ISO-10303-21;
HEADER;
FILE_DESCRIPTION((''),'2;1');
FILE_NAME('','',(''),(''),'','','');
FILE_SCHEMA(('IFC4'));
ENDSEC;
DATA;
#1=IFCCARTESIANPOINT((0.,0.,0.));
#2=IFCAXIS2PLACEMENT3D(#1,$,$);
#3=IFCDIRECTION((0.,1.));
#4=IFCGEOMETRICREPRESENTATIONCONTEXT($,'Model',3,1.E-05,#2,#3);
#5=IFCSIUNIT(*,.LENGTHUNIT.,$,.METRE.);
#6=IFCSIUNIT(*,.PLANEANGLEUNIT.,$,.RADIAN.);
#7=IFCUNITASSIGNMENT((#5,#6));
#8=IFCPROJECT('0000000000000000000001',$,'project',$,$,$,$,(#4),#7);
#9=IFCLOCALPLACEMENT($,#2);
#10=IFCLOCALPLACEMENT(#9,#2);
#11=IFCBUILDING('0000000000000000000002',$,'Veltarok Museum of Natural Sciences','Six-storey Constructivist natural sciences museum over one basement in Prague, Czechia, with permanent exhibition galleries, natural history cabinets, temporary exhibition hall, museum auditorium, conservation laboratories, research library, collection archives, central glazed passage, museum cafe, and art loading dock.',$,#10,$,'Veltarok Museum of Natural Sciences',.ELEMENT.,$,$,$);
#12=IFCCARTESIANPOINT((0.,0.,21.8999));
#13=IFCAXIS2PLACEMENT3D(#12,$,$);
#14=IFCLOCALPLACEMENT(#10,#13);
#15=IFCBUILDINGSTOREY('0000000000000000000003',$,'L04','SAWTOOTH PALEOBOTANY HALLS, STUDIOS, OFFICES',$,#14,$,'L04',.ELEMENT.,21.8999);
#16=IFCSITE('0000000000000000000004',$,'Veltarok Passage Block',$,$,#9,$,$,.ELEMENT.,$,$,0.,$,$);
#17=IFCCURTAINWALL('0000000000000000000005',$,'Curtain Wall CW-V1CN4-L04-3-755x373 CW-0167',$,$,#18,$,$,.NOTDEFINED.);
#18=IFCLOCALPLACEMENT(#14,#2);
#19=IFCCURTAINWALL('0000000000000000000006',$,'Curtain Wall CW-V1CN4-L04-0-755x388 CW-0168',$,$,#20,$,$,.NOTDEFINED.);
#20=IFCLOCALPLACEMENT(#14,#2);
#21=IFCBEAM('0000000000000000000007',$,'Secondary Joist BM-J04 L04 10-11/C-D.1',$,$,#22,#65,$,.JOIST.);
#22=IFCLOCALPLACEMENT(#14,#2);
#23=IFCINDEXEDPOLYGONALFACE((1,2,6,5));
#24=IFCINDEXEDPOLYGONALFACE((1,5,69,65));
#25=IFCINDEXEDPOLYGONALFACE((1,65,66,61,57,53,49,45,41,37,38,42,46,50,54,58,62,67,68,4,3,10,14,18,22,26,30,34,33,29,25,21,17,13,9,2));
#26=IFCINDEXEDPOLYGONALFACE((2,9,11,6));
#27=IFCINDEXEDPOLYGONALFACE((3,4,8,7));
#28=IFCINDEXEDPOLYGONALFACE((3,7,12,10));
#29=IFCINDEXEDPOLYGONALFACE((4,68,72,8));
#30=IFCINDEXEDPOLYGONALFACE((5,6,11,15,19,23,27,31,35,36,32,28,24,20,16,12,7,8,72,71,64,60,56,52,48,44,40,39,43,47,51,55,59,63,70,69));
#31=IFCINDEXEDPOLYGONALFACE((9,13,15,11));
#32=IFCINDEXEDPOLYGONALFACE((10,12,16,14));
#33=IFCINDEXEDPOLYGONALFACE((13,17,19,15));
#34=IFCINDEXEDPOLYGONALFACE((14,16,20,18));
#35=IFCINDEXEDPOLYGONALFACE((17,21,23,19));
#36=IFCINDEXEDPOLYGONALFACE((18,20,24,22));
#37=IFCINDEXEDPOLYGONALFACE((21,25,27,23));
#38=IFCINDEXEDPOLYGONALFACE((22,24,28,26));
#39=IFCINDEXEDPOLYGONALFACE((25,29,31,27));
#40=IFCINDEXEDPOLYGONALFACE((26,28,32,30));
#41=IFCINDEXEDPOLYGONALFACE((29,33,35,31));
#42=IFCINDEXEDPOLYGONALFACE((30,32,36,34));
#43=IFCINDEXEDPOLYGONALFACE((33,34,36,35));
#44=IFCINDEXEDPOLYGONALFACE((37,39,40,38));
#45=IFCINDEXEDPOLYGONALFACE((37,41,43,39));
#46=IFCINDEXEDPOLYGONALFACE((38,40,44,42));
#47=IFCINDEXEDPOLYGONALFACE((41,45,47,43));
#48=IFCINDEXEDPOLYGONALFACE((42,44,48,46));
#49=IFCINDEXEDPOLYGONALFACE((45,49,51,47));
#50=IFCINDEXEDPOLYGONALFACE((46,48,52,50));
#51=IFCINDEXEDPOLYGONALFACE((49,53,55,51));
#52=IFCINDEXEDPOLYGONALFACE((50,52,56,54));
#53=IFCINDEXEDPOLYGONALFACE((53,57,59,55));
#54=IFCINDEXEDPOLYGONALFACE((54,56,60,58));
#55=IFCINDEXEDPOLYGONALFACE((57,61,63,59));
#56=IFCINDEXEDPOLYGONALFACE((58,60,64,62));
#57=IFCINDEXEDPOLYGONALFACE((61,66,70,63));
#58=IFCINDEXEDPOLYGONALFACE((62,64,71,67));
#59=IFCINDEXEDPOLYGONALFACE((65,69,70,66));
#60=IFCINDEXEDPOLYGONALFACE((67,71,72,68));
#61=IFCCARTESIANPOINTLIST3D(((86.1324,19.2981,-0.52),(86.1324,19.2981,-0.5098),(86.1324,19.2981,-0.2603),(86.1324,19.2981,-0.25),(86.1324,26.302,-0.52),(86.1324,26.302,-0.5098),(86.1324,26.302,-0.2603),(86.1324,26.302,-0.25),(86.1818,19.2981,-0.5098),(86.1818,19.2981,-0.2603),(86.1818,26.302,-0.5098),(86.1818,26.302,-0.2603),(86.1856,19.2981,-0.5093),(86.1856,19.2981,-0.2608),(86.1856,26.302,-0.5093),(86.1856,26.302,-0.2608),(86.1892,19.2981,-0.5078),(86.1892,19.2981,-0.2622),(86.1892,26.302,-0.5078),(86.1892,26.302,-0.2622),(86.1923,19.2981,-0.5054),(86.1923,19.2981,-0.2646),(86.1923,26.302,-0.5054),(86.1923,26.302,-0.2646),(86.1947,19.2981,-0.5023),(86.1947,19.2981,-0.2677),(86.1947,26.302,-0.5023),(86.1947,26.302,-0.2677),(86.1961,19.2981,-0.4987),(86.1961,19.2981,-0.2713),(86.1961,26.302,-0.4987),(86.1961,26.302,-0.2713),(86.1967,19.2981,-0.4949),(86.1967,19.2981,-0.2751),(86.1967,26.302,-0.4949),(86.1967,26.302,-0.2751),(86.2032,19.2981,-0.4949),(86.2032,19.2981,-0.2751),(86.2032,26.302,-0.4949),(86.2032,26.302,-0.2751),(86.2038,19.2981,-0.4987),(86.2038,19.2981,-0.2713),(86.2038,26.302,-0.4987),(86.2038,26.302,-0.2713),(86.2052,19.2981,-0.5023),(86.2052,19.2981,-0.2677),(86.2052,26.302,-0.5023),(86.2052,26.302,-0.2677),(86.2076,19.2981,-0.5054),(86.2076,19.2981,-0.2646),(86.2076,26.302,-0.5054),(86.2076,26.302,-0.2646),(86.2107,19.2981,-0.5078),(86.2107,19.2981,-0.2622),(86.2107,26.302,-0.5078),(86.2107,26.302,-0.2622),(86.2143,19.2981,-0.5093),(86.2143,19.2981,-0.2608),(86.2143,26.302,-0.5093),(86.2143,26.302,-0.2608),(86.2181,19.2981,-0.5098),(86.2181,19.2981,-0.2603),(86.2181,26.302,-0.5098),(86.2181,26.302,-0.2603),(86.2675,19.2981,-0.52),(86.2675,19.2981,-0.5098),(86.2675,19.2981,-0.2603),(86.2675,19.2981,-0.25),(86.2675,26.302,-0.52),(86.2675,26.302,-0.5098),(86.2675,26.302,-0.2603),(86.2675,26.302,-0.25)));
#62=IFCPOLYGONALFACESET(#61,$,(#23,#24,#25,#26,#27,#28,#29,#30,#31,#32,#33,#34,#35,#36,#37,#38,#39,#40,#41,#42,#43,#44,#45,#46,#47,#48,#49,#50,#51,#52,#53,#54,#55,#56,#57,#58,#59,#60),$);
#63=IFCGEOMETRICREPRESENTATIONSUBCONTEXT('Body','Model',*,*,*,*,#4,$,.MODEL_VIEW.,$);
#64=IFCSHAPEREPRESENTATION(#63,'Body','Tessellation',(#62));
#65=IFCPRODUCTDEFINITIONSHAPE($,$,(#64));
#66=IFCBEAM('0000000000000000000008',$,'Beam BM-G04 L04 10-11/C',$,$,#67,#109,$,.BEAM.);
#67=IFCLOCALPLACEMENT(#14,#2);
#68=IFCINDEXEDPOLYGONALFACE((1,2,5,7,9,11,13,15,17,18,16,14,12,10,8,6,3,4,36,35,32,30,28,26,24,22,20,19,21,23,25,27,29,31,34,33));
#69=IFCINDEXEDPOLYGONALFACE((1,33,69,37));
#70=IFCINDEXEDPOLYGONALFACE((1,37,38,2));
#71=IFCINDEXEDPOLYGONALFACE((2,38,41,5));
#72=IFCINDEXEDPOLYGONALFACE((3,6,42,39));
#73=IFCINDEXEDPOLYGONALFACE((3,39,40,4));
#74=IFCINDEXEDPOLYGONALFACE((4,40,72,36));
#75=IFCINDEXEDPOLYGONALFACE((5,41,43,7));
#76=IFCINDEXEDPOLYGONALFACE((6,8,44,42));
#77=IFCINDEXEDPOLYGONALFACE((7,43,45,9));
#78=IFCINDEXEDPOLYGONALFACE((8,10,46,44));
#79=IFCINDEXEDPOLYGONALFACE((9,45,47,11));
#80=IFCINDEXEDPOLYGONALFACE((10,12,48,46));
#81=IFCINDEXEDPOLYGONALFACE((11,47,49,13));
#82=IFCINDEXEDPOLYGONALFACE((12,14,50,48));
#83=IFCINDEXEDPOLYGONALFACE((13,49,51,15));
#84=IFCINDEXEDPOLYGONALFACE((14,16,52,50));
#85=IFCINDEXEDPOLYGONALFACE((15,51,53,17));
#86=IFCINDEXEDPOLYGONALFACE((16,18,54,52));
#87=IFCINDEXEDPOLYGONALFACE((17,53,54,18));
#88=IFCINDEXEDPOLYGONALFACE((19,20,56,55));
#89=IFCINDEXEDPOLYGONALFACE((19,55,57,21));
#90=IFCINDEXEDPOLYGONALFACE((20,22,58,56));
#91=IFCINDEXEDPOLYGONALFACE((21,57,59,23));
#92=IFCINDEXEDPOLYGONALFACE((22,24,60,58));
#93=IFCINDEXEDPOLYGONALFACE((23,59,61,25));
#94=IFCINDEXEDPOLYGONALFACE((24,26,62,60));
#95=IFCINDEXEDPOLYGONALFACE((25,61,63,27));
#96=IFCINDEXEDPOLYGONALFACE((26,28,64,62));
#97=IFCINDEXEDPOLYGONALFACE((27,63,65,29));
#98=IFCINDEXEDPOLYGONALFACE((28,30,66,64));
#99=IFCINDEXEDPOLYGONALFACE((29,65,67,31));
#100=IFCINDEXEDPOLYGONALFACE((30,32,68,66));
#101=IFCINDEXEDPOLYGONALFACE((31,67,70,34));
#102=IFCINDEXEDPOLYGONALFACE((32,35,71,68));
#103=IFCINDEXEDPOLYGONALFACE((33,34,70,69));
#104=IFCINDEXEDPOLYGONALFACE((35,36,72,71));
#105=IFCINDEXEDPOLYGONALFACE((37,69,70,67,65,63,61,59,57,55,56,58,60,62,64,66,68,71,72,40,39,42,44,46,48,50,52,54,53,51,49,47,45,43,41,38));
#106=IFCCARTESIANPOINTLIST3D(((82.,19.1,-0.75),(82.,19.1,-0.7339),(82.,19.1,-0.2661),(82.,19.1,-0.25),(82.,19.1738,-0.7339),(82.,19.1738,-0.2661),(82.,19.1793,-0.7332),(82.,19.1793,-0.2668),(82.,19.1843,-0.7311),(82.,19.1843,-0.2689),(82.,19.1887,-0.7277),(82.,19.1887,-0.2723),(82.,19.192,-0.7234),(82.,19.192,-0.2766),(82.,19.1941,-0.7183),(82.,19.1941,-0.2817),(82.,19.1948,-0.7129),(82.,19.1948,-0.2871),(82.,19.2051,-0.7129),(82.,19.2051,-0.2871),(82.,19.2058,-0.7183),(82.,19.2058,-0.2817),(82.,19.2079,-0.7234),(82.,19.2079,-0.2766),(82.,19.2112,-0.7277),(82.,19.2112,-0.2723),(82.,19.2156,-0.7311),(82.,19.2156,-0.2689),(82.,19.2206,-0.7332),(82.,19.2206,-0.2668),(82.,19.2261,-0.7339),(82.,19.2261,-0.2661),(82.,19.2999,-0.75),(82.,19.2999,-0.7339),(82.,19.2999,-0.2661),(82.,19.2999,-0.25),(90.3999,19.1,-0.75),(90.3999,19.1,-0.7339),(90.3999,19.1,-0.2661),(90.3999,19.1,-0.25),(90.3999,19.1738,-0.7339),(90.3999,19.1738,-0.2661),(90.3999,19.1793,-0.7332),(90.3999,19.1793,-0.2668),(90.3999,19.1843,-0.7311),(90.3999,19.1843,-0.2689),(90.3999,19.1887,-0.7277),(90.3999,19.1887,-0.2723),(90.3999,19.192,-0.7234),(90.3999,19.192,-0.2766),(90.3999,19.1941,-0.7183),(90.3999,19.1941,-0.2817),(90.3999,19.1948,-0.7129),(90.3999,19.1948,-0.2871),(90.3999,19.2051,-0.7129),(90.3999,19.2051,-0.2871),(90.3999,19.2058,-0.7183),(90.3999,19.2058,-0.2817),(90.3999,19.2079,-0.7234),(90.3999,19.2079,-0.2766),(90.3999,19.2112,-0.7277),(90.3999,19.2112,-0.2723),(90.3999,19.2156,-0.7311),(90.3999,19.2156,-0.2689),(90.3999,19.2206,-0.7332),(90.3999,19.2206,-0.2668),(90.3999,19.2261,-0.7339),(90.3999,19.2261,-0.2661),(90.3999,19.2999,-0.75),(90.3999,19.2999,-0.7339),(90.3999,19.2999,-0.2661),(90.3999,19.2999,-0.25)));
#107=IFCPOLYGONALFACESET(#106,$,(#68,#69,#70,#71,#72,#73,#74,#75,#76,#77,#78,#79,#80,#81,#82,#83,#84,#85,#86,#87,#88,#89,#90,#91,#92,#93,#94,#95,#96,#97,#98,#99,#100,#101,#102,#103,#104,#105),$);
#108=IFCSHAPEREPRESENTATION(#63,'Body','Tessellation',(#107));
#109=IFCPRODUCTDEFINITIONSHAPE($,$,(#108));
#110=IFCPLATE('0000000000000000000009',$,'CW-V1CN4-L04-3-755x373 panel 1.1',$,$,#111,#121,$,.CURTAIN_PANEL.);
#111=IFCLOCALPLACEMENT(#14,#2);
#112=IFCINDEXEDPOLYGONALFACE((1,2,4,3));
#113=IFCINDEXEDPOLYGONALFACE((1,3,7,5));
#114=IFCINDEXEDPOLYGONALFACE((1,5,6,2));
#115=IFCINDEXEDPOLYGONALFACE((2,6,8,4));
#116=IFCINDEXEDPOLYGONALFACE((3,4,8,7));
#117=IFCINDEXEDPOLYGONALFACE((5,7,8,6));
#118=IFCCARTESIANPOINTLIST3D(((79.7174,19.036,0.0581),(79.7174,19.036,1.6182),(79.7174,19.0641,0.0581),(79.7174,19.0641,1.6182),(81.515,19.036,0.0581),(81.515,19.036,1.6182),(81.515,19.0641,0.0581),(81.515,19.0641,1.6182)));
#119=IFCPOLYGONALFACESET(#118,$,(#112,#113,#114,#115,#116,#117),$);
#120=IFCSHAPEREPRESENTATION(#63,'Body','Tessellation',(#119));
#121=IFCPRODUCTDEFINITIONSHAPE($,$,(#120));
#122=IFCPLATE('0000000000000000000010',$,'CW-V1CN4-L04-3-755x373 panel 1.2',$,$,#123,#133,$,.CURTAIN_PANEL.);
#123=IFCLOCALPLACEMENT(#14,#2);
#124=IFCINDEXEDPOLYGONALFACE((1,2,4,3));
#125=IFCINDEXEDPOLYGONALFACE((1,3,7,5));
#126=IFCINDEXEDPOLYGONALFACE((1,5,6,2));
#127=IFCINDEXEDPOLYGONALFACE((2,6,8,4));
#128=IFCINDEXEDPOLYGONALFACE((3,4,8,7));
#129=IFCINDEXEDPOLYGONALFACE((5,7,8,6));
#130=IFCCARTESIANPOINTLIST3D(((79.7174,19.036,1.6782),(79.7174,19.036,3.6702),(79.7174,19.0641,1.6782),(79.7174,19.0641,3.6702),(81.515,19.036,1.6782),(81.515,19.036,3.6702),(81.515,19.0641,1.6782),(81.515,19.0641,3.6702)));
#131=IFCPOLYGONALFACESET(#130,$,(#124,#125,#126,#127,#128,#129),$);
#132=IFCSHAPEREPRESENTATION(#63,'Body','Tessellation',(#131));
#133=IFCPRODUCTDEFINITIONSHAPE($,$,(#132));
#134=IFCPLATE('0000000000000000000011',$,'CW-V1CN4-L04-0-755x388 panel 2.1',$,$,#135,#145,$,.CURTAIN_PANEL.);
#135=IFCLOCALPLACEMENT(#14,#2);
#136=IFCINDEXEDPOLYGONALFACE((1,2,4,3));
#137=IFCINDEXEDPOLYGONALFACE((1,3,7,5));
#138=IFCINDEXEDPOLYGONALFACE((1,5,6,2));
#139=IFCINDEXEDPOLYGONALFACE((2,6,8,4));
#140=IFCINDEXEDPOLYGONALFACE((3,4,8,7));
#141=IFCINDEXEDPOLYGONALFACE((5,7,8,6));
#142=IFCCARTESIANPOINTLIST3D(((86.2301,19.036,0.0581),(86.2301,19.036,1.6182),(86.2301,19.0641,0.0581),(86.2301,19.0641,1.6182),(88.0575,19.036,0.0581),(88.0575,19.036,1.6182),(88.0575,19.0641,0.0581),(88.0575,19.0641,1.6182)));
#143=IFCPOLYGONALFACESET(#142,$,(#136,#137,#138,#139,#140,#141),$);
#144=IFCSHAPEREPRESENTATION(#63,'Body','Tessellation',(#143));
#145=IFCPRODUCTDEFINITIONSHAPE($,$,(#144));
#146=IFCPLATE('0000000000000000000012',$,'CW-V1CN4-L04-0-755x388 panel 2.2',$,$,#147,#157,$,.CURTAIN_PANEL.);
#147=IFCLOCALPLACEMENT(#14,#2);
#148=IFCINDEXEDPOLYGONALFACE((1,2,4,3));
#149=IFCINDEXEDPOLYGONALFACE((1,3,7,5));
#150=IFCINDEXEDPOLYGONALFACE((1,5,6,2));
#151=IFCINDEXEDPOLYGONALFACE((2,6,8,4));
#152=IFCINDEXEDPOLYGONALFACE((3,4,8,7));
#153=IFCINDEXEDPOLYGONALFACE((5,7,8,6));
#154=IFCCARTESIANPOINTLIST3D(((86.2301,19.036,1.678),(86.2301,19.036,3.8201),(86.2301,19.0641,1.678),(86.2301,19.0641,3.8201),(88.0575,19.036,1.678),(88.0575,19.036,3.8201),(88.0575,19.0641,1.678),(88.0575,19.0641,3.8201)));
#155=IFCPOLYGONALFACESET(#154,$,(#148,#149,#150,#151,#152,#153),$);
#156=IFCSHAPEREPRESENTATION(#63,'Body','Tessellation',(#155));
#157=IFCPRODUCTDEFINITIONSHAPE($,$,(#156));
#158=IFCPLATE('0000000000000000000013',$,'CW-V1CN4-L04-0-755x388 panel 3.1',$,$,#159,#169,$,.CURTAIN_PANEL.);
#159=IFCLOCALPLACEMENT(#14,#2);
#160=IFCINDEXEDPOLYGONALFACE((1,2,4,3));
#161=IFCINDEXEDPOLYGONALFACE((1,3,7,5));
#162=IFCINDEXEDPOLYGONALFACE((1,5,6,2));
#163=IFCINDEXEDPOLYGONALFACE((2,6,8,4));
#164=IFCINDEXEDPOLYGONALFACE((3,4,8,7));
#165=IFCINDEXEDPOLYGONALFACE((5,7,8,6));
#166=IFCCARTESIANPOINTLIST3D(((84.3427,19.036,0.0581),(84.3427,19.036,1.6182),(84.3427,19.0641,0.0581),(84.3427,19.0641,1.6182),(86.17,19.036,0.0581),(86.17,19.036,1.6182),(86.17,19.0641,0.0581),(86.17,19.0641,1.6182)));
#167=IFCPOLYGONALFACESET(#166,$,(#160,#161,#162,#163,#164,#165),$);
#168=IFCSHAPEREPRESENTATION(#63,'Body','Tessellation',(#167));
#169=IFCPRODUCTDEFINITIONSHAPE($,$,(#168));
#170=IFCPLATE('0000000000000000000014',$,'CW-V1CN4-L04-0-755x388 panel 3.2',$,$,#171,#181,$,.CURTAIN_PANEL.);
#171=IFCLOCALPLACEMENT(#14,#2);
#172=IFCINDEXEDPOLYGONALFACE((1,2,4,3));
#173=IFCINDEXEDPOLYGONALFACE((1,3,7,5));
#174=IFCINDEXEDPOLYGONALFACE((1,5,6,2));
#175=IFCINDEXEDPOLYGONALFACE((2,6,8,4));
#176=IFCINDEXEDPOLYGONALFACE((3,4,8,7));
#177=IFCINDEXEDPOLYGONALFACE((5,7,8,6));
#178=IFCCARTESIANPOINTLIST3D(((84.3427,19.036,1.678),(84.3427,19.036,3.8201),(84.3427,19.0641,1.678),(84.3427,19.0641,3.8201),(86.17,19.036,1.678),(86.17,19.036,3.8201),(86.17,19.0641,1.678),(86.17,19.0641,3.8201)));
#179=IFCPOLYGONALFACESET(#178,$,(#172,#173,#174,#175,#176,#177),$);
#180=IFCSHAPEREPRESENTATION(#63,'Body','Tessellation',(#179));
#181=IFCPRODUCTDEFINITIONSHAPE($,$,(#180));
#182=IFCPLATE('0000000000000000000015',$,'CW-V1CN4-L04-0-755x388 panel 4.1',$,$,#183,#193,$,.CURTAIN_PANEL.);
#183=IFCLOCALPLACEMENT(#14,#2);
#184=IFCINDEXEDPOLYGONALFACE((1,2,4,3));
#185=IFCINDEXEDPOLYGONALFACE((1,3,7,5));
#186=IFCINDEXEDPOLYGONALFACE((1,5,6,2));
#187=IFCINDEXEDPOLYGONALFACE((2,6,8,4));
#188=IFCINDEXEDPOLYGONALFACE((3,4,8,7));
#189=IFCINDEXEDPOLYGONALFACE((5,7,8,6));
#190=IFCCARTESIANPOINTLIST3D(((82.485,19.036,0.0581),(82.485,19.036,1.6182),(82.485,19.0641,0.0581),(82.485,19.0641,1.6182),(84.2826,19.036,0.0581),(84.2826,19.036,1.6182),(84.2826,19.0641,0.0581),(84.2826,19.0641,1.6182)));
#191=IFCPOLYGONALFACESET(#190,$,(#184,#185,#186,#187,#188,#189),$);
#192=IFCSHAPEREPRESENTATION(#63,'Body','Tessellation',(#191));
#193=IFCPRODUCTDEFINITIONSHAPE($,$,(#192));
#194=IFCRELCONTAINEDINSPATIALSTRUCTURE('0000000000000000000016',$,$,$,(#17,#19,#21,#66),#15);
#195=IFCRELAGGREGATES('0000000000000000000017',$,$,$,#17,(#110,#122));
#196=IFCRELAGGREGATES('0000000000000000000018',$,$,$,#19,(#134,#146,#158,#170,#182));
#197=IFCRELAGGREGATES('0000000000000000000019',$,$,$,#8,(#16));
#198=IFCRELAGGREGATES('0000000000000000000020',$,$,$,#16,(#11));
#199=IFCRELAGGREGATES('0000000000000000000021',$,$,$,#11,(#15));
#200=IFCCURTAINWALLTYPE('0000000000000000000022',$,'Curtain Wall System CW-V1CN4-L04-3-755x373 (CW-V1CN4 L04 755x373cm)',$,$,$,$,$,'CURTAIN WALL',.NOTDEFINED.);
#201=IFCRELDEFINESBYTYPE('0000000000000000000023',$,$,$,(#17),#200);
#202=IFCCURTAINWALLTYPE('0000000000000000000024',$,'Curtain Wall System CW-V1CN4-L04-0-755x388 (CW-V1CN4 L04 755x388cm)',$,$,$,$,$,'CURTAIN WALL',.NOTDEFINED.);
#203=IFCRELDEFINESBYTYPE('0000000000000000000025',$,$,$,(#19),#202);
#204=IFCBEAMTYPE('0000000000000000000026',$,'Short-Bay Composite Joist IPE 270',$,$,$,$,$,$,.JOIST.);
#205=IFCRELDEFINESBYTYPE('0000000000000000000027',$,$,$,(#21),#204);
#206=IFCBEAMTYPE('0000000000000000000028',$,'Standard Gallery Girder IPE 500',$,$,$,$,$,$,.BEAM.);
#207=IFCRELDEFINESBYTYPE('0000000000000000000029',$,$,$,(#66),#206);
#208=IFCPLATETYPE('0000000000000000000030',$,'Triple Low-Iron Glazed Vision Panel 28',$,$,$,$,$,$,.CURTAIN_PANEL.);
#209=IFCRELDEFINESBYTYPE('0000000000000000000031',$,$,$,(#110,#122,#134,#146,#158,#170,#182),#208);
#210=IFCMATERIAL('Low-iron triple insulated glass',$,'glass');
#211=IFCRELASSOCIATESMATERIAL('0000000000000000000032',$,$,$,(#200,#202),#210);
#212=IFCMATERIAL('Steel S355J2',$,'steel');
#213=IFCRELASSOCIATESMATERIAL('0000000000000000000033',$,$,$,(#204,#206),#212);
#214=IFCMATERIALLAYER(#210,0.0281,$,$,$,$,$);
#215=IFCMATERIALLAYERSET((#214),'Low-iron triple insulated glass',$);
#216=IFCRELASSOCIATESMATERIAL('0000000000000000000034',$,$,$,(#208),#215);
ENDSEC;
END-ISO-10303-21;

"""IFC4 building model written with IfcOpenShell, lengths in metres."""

from ifc_helpers import new_model, si_unit, direction, frame, origin, origin_2d, place, context, subcontext, project, spatial, rectangle, i_section, extrude, material, layer, layer_set, material_profile, profile_set, type_object, element, aggregate, save


model = new_model("IFC4")

# Units and contexts
model_context = context("Model", 3, precision=1e-05, world=origin(), true_north=direction((0.0, 1.0)))
body_context = subcontext(model_context, "Body", "Model", "MODEL_VIEW")
ifc_project = project(units=[si_unit("LENGTHUNIT", "METRE"), si_unit("PLANEANGLEUNIT", "RADIAN")], contexts=[model_context])

# Site, building, storey
site_placement = place(None, origin())
site = spatial("IfcSite", under=ifc_project, at=site_placement, Name="Veltarok Passage Block", CompositionType="ELEMENT", RefElevation=0.0)
building_placement = place(site_placement, origin())
building = spatial("IfcBuilding", under=site, at=building_placement, Name="Veltarok Museum of Natural Sciences", Description="Six-storey Constructivist natural sciences museum over one basement in Prague, Czechia, with permanent exhibition galleries, natural history cabinets, temporary exhibition hall, museum auditorium, conservation laboratories, research library, collection archives, central glazed passage, museum cafe, and art loading dock.", LongName="Veltarok Museum of Natural Sciences", CompositionType="ELEMENT")
storey_placement = place(building_placement, frame((0.0, 0.0, 21.8999)))
storey = spatial("IfcBuildingStorey", under=building, at=storey_placement, Name="L04", Description="SAWTOOTH PALEOBOTANY HALLS, STUDIOS, OFFICES", LongName="L04", CompositionType="ELEMENT", Elevation=21.8999)

# Curtain walls
ifc_material_1 = material(Name="Low-iron triple insulated glass", Category="glass")
curtain_wall_type_1 = type_object("IfcCurtainWallType", Name="Curtain Wall System CW-V1CN4-L04-3-755x373 (CW-V1CN4 L04 755x373cm)", ElementType="CURTAIN WALL", PredefinedType="NOTDEFINED", material=ifc_material_1)
curtain_wall_1_placement = place(storey_placement, origin())
curtain_wall_1 = element("IfcCurtainWall", 1, at=curtain_wall_1_placement, inside=storey, type_object=curtain_wall_type_1, Name="Curtain Wall CW-V1CN4-L04-3-755x373 CW-0167", PredefinedType="NOTDEFINED")
curtain_wall_type_2 = type_object("IfcCurtainWallType", Name="Curtain Wall System CW-V1CN4-L04-0-755x388 (CW-V1CN4 L04 755x388cm)", ElementType="CURTAIN WALL", PredefinedType="NOTDEFINED", material=ifc_material_1)
curtain_wall_2_placement = place(storey_placement, origin())
curtain_wall_2 = element("IfcCurtainWall", 2, at=curtain_wall_2_placement, inside=storey, type_object=curtain_wall_type_2, Name="Curtain Wall CW-V1CN4-L04-0-755x388 CW-0168", PredefinedType="NOTDEFINED")

# Beams
ifc_material_2 = material(Name="Steel S355J2", Category="steel")
ifc_material_profile_1 = material_profile(ifc_material_2, i_section(OverallWidth=0.135, OverallDepth=0.27, WebThickness=0.0066, FlangeThickness=0.0103, FilletRadius=0.0149, at=origin_2d()), Name="IPE 270")
ifc_profile_set_1 = profile_set([ifc_material_profile_1], Name="Steel S355J2")
beam_type_1 = type_object("IfcBeamType", Name="Short-Bay Composite Joist IPE 270", PredefinedType="JOIST", material=ifc_profile_set_1)
beam_1_placement = place(storey_placement, frame((86.2, 19.2981, -0.385), z_axis=(0.0, 1.0, 0.0), x_axis=(-1.0, 0.0, 0.0)))
element("IfcBeam", 3, at=beam_1_placement, inside=storey, type_object=beam_type_1, Name="Secondary Joist BM-J04 L04 10-11/C-D.1", PredefinedType="JOIST", context=body_context, shape_type="SweptSolid", body=[
    extrude(i_section(OverallWidth=0.135, OverallDepth=0.27, WebThickness=0.0066, FlangeThickness=0.0103, FilletRadius=0.0149, at=origin_2d()), origin(), (0.0, 0.0, 1.0), 7.0039),
])
ifc_material_profile_2 = material_profile(ifc_material_2, i_section(OverallWidth=0.2, OverallDepth=0.5, WebThickness=0.0103, FlangeThickness=0.0161, FilletRadius=0.021, at=origin_2d()), Name="IPE 500")
ifc_profile_set_2 = profile_set([ifc_material_profile_2], Name="Steel S355J2")
beam_type_2 = type_object("IfcBeamType", Name="Standard Gallery Girder IPE 500", PredefinedType="BEAM", material=ifc_profile_set_2)
beam_2_placement = place(storey_placement, frame((82.0, 19.2, -0.5), z_axis=(1.0, 0.0, 0.0), x_axis=(0.0, 1.0, 0.0)))
element("IfcBeam", 4, at=beam_2_placement, inside=storey, type_object=beam_type_2, Name="Beam BM-G04 L04 10-11/C", PredefinedType="BEAM", context=body_context, shape_type="SweptSolid", body=[
    extrude(i_section(OverallWidth=0.2, OverallDepth=0.5, WebThickness=0.0103, FlangeThickness=0.0161, FilletRadius=0.021, at=origin_2d()), origin(), (0.0, 0.0, 1.0), 8.3999),
])

# Plates
ifc_layer = layer(ifc_material_1, 0.0281)
ifc_layer_set = layer_set([ifc_layer], Name="Low-iron triple insulated glass")
plate_type = type_object("IfcPlateType", Name="Triple Low-Iron Glazed Vision Panel 28", PredefinedType="CURTAIN_PANEL", material=ifc_layer_set)
plate_1_placement = place(storey_placement, frame((80.6162, 19.05, 0.0581), z_axis=(0.0, 0.0, 1.0), x_axis=(-1.0, 0.0, 0.0)))
plate_1 = element("IfcPlate", 5, at=plate_1_placement, type_object=plate_type, Name="CW-V1CN4-L04-3-755x373 panel 1.1", PredefinedType="CURTAIN_PANEL", context=body_context, shape_type="SweptSolid", body=[
    extrude(rectangle(XDim=1.7976, YDim=0.0281, at=origin_2d()), origin(), (0.0, 0.0, 1.0), 1.5601),
])
plate_2_placement = place(storey_placement, frame((80.6162, 19.05, 1.6782), z_axis=(0.0, 0.0, 1.0), x_axis=(-1.0, 0.0, 0.0)))
plate_2 = element("IfcPlate", 6, at=plate_2_placement, type_object=plate_type, Name="CW-V1CN4-L04-3-755x373 panel 1.2", PredefinedType="CURTAIN_PANEL", context=body_context, shape_type="SweptSolid", body=[
    extrude(rectangle(XDim=1.7976, YDim=0.0281, at=origin_2d()), origin(), (0.0, 0.0, 1.0), 1.9919),
])
aggregate(curtain_wall_1, [plate_1, plate_2])
plate_3_placement = place(storey_placement, frame((87.1438, 19.05, 0.0581), z_axis=(0.0, 0.0, 1.0), x_axis=(-1.0, 0.0, 0.0)))
plate_3 = element("IfcPlate", 7, at=plate_3_placement, type_object=plate_type, Name="CW-V1CN4-L04-0-755x388 panel 2.1", PredefinedType="CURTAIN_PANEL", context=body_context, shape_type="SweptSolid", body=[
    extrude(rectangle(XDim=1.8274, YDim=0.0281, at=origin_2d()), origin(), (0.0, 0.0, 1.0), 1.5601),
])
plate_4_placement = place(storey_placement, frame((87.1438, 19.05, 1.678), z_axis=(0.0, 0.0, 1.0), x_axis=(-1.0, 0.0, 0.0)))
plate_4 = element("IfcPlate", 8, at=plate_4_placement, type_object=plate_type, Name="CW-V1CN4-L04-0-755x388 panel 2.2", PredefinedType="CURTAIN_PANEL", context=body_context, shape_type="SweptSolid", body=[
    extrude(rectangle(XDim=1.8274, YDim=0.0281, at=origin_2d()), origin(), (0.0, 0.0, 1.0), 2.1421),
])
plate_5_placement = place(storey_placement, frame((85.2563, 19.05, 0.0581), z_axis=(0.0, 0.0, 1.0), x_axis=(-1.0, 0.0, 0.0)))
plate_5 = element("IfcPlate", 9, at=plate_5_placement, type_object=plate_type, Name="CW-V1CN4-L04-0-755x388 panel 3.1", PredefinedType="CURTAIN_PANEL", context=body_context, shape_type="SweptSolid", body=[
    extrude(rectangle(XDim=1.8274, YDim=0.0281, at=origin_2d()), origin(), (0.0, 0.0, 1.0), 1.5601),
])
plate_6_placement = place(storey_placement, frame((85.2563, 19.05, 1.678), z_axis=(0.0, 0.0, 1.0), x_axis=(-1.0, 0.0, 0.0)))
plate_6 = element("IfcPlate", 10, at=plate_6_placement, type_object=plate_type, Name="CW-V1CN4-L04-0-755x388 panel 3.2", PredefinedType="CURTAIN_PANEL", context=body_context, shape_type="SweptSolid", body=[
    extrude(rectangle(XDim=1.8274, YDim=0.0281, at=origin_2d()), origin(), (0.0, 0.0, 1.0), 2.1421),
])
plate_7_placement = place(storey_placement, frame((83.3838, 19.05, 0.0581), z_axis=(0.0, 0.0, 1.0), x_axis=(-1.0, 0.0, 0.0)))
plate_7 = element("IfcPlate", 11, at=plate_7_placement, type_object=plate_type, Name="CW-V1CN4-L04-0-755x388 panel 4.1", PredefinedType="CURTAIN_PANEL", context=body_context, shape_type="SweptSolid", body=[
    extrude(rectangle(XDim=1.7976, YDim=0.0281, at=origin_2d()), origin(), (0.0, 0.0, 1.0), 1.5601),
])
aggregate(curtain_wall_2, [plate_3, plate_4, plate_5, plate_6, plate_7])

save(model, "model.ifc")
